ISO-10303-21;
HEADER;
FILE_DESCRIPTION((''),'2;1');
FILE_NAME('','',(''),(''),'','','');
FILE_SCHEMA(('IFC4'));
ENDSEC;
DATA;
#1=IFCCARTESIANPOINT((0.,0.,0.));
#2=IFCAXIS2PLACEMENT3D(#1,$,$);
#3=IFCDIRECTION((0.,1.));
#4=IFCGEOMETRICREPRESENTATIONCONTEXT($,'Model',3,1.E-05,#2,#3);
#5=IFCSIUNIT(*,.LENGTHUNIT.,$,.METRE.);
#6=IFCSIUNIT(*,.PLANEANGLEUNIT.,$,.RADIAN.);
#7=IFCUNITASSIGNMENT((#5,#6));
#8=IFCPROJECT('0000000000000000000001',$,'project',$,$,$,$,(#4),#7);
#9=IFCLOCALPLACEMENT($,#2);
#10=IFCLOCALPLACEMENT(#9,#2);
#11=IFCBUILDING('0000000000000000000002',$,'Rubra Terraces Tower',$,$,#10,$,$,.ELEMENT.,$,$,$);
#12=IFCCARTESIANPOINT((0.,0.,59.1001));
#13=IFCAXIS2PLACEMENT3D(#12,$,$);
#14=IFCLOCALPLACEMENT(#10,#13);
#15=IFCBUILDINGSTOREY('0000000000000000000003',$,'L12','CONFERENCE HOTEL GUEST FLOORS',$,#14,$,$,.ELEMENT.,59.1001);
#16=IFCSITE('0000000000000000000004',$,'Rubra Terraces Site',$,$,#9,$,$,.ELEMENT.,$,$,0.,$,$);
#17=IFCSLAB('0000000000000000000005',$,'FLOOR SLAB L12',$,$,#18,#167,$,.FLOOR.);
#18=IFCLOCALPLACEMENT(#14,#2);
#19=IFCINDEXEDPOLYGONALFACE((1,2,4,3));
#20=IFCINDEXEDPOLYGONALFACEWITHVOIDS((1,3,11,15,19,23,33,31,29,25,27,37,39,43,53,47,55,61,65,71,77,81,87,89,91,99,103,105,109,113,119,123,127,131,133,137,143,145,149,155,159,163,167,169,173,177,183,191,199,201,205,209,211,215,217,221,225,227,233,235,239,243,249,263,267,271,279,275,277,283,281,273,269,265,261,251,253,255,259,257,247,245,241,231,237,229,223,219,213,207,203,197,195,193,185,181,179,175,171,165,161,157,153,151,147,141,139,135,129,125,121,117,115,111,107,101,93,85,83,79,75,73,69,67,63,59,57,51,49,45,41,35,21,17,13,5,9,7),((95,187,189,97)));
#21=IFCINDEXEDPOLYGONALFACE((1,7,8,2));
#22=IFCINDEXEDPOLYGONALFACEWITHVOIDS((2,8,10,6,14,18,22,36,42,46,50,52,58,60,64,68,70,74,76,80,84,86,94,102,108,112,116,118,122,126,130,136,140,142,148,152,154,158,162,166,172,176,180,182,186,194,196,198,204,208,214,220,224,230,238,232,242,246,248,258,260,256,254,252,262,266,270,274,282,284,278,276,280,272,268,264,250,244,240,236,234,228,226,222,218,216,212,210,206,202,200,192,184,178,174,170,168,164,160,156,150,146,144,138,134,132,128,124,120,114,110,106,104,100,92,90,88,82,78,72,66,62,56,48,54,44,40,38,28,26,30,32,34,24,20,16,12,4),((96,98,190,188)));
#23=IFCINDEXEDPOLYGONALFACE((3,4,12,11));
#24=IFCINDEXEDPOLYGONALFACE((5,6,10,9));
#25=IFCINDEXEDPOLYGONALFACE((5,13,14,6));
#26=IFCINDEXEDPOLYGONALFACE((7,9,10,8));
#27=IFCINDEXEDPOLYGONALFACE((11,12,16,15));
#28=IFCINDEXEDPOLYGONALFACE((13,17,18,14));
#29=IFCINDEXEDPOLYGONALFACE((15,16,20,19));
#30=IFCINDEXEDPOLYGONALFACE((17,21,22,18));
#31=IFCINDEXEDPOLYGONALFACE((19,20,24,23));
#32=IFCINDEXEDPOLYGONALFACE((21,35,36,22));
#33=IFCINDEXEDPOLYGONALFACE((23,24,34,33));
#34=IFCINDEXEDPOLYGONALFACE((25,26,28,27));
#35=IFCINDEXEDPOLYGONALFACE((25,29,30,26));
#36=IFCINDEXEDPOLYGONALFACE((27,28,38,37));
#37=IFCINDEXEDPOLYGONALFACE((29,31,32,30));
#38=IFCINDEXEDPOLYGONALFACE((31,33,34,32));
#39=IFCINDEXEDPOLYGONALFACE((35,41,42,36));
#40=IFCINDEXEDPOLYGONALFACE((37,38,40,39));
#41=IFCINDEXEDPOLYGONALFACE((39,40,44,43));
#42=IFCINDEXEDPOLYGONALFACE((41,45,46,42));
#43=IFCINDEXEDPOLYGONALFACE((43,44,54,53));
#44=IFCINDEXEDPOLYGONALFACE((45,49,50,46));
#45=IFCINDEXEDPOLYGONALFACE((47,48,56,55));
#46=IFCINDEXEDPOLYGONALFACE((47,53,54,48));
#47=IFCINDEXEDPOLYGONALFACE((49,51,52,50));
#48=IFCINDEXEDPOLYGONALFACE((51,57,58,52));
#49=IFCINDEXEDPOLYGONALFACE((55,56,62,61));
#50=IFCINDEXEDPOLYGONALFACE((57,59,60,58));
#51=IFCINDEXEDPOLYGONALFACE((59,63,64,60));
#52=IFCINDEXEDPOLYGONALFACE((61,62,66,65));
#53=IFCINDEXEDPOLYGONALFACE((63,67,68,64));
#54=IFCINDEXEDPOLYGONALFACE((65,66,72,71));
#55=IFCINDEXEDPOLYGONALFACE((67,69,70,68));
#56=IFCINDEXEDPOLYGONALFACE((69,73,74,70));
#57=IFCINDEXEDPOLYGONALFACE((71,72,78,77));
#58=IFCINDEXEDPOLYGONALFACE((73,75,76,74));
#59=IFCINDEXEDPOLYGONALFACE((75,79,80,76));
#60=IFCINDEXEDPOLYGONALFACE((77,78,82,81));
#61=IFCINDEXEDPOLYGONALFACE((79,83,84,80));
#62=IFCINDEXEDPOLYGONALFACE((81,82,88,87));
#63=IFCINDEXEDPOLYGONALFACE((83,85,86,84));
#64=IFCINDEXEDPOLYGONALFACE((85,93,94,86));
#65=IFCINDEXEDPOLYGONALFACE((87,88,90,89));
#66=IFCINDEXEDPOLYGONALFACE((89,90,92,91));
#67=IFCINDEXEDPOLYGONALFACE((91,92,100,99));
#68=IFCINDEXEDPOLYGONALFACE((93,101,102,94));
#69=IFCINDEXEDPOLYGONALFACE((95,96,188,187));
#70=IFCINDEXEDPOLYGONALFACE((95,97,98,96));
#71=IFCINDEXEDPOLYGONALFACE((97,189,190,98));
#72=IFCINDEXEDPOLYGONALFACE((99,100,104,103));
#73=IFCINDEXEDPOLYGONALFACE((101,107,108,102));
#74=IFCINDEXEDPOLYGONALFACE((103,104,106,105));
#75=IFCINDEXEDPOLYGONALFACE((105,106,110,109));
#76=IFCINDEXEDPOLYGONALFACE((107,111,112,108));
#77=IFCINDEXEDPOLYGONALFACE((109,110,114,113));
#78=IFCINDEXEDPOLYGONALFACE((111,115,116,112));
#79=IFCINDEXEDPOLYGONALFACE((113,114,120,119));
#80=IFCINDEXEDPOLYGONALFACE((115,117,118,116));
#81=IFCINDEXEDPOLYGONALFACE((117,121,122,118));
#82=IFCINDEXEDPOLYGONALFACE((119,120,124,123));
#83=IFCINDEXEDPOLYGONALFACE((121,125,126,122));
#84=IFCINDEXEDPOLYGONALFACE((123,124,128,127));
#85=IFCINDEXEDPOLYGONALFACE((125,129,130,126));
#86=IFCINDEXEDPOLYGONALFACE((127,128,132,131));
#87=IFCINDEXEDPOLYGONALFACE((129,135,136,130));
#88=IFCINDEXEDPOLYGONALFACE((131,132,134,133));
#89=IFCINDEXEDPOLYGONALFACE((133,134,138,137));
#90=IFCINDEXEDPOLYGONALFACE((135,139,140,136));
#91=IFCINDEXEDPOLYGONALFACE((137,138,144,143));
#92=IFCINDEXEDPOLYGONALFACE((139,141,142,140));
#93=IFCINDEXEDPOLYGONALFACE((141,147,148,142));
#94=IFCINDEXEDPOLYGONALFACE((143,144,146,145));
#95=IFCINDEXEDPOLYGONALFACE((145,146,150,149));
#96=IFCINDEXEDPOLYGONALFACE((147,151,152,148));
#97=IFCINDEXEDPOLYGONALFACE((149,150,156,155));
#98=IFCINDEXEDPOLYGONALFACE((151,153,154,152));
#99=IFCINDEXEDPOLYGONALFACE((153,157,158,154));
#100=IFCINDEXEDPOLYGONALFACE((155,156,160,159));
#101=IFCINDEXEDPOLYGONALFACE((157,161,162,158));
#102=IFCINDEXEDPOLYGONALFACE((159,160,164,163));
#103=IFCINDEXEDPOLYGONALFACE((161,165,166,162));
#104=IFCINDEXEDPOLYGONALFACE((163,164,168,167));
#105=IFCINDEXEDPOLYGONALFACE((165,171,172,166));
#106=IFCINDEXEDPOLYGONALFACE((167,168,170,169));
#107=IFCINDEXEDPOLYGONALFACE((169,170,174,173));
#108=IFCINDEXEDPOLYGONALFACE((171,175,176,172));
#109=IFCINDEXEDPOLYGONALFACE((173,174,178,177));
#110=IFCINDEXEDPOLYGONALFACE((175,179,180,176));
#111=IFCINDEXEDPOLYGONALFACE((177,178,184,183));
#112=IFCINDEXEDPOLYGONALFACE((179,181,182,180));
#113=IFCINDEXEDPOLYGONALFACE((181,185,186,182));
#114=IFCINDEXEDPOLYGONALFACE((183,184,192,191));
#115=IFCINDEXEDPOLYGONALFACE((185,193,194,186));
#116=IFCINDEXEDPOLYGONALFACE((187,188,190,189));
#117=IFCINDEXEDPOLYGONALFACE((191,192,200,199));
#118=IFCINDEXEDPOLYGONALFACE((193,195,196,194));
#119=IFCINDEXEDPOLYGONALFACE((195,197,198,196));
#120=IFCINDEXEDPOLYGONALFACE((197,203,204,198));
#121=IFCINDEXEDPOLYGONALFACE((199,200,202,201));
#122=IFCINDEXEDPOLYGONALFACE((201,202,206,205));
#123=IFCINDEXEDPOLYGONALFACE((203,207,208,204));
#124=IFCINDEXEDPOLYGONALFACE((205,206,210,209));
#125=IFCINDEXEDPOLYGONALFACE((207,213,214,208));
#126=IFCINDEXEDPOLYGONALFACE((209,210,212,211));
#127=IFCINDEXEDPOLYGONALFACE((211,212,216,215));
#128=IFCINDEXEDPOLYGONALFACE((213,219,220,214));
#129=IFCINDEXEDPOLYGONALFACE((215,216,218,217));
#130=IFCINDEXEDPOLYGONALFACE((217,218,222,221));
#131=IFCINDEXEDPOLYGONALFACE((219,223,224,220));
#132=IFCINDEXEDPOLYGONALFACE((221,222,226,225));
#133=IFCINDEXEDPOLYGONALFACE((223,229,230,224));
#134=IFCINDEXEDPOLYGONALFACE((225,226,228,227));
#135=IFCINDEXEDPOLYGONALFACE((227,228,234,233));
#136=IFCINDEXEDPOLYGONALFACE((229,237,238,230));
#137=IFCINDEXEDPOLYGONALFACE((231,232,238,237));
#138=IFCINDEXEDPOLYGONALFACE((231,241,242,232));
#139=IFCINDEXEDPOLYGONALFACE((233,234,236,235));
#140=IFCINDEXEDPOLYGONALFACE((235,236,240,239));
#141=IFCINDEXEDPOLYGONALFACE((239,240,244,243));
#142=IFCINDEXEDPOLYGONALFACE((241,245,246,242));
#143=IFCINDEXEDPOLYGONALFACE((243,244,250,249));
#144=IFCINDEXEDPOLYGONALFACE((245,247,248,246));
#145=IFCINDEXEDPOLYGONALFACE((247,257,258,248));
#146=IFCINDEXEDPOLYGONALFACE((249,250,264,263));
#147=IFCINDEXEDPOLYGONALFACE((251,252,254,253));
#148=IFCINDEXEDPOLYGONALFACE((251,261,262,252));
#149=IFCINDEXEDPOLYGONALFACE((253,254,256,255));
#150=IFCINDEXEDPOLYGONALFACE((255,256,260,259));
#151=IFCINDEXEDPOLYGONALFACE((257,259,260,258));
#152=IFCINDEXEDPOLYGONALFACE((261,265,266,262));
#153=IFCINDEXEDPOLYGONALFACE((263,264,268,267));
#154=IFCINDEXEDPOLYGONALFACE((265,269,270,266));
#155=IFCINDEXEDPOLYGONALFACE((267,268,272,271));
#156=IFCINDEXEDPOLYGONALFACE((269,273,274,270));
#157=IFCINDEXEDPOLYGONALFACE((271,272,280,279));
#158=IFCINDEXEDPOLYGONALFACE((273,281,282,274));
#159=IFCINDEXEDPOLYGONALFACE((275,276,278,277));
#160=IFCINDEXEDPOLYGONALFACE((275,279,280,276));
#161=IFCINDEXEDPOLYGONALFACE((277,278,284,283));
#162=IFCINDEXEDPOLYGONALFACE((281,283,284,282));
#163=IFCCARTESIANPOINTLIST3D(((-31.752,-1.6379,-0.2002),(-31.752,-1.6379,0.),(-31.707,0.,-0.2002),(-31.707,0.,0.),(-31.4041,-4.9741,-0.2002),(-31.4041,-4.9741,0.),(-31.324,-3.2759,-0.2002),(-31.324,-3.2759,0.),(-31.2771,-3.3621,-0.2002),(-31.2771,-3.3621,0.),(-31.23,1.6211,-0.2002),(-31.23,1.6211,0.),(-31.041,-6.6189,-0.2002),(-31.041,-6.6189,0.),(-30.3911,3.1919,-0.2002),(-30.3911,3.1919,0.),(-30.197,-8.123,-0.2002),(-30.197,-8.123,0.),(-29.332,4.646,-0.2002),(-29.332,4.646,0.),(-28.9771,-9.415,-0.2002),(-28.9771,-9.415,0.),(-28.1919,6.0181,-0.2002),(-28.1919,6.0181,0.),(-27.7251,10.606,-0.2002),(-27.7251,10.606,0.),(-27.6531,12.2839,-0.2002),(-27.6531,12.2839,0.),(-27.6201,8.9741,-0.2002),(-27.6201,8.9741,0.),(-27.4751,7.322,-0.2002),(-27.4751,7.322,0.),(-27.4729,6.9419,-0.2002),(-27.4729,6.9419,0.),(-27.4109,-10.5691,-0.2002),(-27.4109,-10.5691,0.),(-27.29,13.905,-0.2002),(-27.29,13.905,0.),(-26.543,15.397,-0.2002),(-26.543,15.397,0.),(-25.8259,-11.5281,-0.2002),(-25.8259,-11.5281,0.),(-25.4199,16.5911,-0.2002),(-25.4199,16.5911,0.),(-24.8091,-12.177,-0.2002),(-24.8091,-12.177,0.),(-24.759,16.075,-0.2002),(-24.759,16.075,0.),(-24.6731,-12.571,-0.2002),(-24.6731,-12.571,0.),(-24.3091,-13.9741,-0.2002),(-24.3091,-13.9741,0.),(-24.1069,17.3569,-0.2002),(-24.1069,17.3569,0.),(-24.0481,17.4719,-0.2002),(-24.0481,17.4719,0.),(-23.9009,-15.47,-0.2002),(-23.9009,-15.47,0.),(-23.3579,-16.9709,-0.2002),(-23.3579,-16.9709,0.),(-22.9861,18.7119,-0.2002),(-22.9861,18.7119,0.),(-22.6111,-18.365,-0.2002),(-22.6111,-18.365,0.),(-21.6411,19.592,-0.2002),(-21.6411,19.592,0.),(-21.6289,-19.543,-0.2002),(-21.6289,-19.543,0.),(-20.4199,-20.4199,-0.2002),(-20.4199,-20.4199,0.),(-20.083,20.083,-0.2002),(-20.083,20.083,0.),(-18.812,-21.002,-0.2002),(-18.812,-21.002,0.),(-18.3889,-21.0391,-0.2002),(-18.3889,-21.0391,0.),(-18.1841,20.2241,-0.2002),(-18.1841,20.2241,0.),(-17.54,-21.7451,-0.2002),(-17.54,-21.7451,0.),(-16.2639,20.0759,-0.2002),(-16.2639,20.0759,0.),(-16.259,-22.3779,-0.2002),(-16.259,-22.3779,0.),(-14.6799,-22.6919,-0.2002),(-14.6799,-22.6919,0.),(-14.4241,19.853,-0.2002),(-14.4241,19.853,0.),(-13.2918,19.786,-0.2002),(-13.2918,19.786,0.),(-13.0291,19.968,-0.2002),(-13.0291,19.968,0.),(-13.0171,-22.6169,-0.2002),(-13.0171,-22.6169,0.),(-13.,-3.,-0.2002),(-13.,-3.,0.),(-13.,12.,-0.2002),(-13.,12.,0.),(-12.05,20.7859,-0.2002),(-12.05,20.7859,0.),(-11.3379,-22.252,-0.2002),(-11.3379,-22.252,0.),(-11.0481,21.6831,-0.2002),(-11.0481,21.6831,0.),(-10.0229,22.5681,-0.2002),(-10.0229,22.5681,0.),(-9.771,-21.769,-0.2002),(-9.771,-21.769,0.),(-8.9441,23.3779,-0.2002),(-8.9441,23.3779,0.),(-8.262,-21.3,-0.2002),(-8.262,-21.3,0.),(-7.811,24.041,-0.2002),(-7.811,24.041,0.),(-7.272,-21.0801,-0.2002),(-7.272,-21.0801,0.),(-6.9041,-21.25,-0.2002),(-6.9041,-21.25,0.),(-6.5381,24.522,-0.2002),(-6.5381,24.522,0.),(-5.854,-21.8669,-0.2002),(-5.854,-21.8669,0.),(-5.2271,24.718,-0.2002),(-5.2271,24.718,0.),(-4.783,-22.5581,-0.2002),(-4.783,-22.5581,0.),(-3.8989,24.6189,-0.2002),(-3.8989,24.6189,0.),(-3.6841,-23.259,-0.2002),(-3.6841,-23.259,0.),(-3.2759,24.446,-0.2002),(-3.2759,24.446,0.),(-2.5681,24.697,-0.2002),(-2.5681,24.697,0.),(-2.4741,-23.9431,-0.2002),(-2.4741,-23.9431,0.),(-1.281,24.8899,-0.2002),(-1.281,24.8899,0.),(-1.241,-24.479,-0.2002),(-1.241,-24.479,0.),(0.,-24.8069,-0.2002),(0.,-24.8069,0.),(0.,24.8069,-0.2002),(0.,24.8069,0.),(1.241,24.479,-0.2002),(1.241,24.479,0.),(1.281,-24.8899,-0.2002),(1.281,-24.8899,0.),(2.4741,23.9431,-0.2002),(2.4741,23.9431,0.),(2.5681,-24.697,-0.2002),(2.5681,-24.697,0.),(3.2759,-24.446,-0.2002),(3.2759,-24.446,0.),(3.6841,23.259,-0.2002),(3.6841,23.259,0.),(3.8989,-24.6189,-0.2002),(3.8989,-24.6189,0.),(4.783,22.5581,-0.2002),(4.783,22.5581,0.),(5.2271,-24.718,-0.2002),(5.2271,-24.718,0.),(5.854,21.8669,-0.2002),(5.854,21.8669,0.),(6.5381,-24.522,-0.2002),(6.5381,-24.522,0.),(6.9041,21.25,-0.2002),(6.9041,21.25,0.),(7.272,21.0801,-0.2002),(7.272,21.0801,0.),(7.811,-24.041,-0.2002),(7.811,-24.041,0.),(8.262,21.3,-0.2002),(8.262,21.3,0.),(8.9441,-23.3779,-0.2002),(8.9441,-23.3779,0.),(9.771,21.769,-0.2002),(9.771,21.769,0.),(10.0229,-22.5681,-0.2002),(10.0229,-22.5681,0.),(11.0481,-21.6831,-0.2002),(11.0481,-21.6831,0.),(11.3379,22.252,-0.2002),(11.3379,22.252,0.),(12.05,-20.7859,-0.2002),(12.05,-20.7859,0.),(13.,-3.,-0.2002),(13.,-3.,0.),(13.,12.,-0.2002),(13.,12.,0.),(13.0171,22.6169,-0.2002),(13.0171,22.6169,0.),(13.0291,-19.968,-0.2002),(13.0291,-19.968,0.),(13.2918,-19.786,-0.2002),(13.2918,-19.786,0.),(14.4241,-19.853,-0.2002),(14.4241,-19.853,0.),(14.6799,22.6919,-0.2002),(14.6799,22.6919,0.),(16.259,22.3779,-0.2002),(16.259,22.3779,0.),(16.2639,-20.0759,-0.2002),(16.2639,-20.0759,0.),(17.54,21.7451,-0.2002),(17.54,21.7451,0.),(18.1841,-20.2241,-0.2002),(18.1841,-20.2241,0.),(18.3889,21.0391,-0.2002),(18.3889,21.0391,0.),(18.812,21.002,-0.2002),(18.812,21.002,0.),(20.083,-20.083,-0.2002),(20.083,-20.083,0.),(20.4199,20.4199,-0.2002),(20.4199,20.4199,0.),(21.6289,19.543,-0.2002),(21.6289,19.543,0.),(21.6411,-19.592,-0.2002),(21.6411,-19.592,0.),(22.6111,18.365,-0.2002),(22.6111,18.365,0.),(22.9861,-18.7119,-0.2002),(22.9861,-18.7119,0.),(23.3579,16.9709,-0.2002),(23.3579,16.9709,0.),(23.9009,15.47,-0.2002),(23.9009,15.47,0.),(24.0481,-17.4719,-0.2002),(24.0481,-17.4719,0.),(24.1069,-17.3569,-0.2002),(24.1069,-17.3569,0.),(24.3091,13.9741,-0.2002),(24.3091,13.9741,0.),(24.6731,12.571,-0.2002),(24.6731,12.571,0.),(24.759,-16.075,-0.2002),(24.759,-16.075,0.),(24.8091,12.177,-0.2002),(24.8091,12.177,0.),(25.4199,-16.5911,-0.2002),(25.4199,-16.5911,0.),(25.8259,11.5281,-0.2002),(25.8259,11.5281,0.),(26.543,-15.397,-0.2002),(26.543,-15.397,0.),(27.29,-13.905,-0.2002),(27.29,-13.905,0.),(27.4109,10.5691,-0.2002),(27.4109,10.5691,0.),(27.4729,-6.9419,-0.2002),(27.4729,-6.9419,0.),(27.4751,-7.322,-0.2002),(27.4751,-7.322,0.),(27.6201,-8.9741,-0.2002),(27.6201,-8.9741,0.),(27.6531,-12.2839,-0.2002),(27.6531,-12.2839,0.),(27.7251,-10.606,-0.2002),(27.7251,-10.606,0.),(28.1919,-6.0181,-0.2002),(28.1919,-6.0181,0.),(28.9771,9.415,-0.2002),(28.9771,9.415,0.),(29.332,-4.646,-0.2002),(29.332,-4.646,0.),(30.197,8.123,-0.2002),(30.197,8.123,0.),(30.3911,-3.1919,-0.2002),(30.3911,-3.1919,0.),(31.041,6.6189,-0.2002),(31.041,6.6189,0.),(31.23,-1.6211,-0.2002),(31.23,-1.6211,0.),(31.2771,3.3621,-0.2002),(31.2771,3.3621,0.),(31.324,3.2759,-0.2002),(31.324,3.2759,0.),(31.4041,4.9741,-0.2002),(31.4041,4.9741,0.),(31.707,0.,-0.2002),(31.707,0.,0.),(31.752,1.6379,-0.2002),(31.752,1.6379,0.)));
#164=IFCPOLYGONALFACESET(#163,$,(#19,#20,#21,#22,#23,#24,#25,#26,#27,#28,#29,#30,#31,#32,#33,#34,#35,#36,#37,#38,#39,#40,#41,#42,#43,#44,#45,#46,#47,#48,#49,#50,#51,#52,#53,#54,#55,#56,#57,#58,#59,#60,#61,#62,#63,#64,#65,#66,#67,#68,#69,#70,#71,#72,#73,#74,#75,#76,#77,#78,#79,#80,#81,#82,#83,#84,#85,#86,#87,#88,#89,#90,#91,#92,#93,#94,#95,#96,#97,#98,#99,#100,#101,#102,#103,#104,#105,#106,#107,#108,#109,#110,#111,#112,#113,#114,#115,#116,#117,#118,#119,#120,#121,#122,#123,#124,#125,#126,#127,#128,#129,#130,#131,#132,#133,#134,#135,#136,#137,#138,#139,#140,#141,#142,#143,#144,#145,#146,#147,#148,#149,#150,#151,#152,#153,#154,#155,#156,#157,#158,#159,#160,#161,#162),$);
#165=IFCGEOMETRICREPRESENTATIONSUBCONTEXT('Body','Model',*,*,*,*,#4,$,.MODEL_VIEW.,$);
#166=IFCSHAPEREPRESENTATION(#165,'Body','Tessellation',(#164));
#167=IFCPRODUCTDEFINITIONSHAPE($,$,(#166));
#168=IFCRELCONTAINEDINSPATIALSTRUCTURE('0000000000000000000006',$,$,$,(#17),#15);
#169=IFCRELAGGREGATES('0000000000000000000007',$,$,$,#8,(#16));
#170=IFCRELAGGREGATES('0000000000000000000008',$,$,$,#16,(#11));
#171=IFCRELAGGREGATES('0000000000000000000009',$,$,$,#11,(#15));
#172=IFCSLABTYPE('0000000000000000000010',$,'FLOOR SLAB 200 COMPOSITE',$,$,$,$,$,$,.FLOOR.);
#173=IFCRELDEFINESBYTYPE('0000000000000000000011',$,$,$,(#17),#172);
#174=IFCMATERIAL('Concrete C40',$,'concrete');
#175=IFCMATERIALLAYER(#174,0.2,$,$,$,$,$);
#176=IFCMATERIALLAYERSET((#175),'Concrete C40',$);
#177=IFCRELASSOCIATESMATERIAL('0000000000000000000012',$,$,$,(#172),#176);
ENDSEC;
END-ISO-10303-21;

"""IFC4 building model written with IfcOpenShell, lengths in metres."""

from ifc_helpers import new_model, si_unit, direction, frame, origin, place, context, subcontext, project, spatial, polyline, outline, extrude, material, layer, layer_set, type_object, element, save


model = new_model("IFC4")

# Units and contexts
model_context = context("Model", 3, precision=1e-05, world=origin(), true_north=direction((0.0, 1.0)))
body_context = subcontext(model_context, "Body", "Model", "MODEL_VIEW")
ifc_project = project(units=[si_unit("LENGTHUNIT", "METRE"), si_unit("PLANEANGLEUNIT", "RADIAN")], contexts=[model_context])

# Site, building, storey
site_placement = place(None, origin())
site = spatial("IfcSite", under=ifc_project, at=site_placement, Name="Rubra Terraces Site", CompositionType="ELEMENT", RefElevation=0.0)
building_placement = place(site_placement, origin())
building = spatial("IfcBuilding", under=site, at=building_placement, Name="Rubra Terraces Tower", CompositionType="ELEMENT")
storey_placement = place(building_placement, frame((0.0, 0.0, 59.1001)))
storey = spatial("IfcBuildingStorey", under=building, at=storey_placement, Name="L12", Description="CONFERENCE HOTEL GUEST FLOORS", CompositionType="ELEMENT", Elevation=59.1001)

# Slab
ifc_material_1 = material(Name="Concrete C40", Category="concrete")
ifc_layer_1 = layer(ifc_material_1, 0.2)
ifc_layer_set_1 = layer_set([ifc_layer_1], Name="Concrete C40")
slab_type_1 = type_object("IfcSlabType", Name="FLOOR SLAB 200 COMPOSITE", PredefinedType="FLOOR", material=ifc_layer_set_1)
slab_1_placement = place(storey_placement, frame((0.0, 0.0, -0.2002)))
element("IfcSlab", 1, at=slab_1_placement, inside=storey, type_object=slab_type_1, Name="FLOOR SLAB L12", PredefinedType="FLOOR", context=body_context, shape_type="SweptSolid", body=[
    extrude(outline(polyline([(27.4751, -7.322), (27.4729, -6.9419), (28.1919, -6.0181), (29.332, -4.646), (30.3911, -3.1919), (31.23, -1.6211), (31.707, 0.0), (31.752, 1.6379), (31.324, 3.2759), (31.2771, 3.3621), (31.4041, 4.9741), (31.041, 6.6189), (30.197, 8.123), (28.9771, 9.415), (27.4109, 10.5691), (25.8259, 11.5281), (24.8091, 12.177), (24.6731, 12.571), (24.3091, 13.9741), (23.9009, 15.47), (23.3579, 16.9709), (22.6111, 18.365), (21.6289, 19.543), (20.4199, 20.4199), (18.812, 21.002), (18.3889, 21.0391), (17.54, 21.7451), (16.259, 22.3779), (14.6799, 22.6919), (13.0171, 22.6169), (11.3379, 22.252), (9.771, 21.769), (8.262, 21.3), (7.272, 21.0801), (6.9041, 21.25), (5.854, 21.8669), (4.783, 22.5581), (3.6841, 23.259), (2.4741, 23.9431), (1.241, 24.479), (0.0, 24.8069), (-1.281, 24.8899), (-2.5681, 24.697), (-3.2759, 24.446), (-3.8989, 24.6189), (-5.2271, 24.718), (-6.5381, 24.522), (-7.811, 24.041), (-8.9441, 23.3779), (-10.0229, 22.5681), (-11.0481, 21.6831), (-12.05, 20.7859), (-13.0291, 19.968), (-13.292, 19.7859), (-12.9719, 19.7671), (-14.4241, 19.853), (-16.2639, 20.0759), (-18.1841, 20.2241), (-20.083, 20.083), (-21.6411, 19.592), (-22.9861, 18.7119), (-24.0481, 17.4719), (-24.759, 16.075), (-24.1069, 17.3569), (-25.4199, 16.5911), (-26.543, 15.397), (-27.29, 13.905), (-27.6531, 12.2839), (-27.7251, 10.606), (-27.6201, 8.9741), (-27.4751, 7.322), (-27.4729, 6.9419), (-28.1919, 6.0181), (-29.332, 4.646), (-30.3911, 3.1919), (-31.23, 1.6211), (-31.707, 0.0), (-31.752, -1.6379), (-31.324, -3.2759), (-31.2771, -3.3621), (-31.4041, -4.9741), (-31.041, -6.6189), (-30.197, -8.123), (-28.9771, -9.415), (-27.4109, -10.5691), (-25.8259, -11.5281), (-24.8091, -12.177), (-24.6731, -12.571), (-24.3091, -13.9741), (-23.9009, -15.47), (-23.3579, -16.9709), (-22.6111, -18.365), (-21.6289, -19.543), (-20.4199, -20.4199), (-18.812, -21.002), (-18.3889, -21.0391), (-17.54, -21.7451), (-16.259, -22.3779), (-14.6799, -22.6919), (-13.0171, -22.6169), (-11.3379, -22.252), (-9.771, -21.769), (-8.262, -21.3), (-7.272, -21.0801), (-6.9041, -21.25), (-5.854, -21.8669), (-4.783, -22.5581), (-3.6841, -23.259), (-2.4741, -23.9431), (-1.241, -24.479), (0.0, -24.8069), (1.281, -24.8899), (2.5681, -24.697), (3.2759, -24.446), (3.8989, -24.6189), (5.2271, -24.718), (6.5381, -24.522), (7.811, -24.041), (8.9441, -23.3779), (10.0229, -22.5681), (11.0481, -21.6831), (12.05, -20.7859), (13.0291, -19.968), (13.292, -19.7859), (12.9719, -19.7671), (14.4241, -19.853), (16.2639, -20.0759), (18.1841, -20.2241), (20.083, -20.083), (21.6411, -19.592), (22.9861, -18.7119), (24.0481, -17.4719), (24.759, -16.075), (24.1069, -17.3569), (25.4199, -16.5911), (26.543, -15.397), (27.29, -13.905), (27.6531, -12.2839), (27.7251, -10.606), (27.6201, -8.9741), (27.4751, -7.322)]), holes=[polyline([(13.0, 12.0), (13.0, -3.0), (-13.0, -3.0), (-13.0, 12.0), (13.0, 12.0)])]), origin(), (0.0, 0.0, 1.0), 0.2002),
])

save(model, "model.ifc")
